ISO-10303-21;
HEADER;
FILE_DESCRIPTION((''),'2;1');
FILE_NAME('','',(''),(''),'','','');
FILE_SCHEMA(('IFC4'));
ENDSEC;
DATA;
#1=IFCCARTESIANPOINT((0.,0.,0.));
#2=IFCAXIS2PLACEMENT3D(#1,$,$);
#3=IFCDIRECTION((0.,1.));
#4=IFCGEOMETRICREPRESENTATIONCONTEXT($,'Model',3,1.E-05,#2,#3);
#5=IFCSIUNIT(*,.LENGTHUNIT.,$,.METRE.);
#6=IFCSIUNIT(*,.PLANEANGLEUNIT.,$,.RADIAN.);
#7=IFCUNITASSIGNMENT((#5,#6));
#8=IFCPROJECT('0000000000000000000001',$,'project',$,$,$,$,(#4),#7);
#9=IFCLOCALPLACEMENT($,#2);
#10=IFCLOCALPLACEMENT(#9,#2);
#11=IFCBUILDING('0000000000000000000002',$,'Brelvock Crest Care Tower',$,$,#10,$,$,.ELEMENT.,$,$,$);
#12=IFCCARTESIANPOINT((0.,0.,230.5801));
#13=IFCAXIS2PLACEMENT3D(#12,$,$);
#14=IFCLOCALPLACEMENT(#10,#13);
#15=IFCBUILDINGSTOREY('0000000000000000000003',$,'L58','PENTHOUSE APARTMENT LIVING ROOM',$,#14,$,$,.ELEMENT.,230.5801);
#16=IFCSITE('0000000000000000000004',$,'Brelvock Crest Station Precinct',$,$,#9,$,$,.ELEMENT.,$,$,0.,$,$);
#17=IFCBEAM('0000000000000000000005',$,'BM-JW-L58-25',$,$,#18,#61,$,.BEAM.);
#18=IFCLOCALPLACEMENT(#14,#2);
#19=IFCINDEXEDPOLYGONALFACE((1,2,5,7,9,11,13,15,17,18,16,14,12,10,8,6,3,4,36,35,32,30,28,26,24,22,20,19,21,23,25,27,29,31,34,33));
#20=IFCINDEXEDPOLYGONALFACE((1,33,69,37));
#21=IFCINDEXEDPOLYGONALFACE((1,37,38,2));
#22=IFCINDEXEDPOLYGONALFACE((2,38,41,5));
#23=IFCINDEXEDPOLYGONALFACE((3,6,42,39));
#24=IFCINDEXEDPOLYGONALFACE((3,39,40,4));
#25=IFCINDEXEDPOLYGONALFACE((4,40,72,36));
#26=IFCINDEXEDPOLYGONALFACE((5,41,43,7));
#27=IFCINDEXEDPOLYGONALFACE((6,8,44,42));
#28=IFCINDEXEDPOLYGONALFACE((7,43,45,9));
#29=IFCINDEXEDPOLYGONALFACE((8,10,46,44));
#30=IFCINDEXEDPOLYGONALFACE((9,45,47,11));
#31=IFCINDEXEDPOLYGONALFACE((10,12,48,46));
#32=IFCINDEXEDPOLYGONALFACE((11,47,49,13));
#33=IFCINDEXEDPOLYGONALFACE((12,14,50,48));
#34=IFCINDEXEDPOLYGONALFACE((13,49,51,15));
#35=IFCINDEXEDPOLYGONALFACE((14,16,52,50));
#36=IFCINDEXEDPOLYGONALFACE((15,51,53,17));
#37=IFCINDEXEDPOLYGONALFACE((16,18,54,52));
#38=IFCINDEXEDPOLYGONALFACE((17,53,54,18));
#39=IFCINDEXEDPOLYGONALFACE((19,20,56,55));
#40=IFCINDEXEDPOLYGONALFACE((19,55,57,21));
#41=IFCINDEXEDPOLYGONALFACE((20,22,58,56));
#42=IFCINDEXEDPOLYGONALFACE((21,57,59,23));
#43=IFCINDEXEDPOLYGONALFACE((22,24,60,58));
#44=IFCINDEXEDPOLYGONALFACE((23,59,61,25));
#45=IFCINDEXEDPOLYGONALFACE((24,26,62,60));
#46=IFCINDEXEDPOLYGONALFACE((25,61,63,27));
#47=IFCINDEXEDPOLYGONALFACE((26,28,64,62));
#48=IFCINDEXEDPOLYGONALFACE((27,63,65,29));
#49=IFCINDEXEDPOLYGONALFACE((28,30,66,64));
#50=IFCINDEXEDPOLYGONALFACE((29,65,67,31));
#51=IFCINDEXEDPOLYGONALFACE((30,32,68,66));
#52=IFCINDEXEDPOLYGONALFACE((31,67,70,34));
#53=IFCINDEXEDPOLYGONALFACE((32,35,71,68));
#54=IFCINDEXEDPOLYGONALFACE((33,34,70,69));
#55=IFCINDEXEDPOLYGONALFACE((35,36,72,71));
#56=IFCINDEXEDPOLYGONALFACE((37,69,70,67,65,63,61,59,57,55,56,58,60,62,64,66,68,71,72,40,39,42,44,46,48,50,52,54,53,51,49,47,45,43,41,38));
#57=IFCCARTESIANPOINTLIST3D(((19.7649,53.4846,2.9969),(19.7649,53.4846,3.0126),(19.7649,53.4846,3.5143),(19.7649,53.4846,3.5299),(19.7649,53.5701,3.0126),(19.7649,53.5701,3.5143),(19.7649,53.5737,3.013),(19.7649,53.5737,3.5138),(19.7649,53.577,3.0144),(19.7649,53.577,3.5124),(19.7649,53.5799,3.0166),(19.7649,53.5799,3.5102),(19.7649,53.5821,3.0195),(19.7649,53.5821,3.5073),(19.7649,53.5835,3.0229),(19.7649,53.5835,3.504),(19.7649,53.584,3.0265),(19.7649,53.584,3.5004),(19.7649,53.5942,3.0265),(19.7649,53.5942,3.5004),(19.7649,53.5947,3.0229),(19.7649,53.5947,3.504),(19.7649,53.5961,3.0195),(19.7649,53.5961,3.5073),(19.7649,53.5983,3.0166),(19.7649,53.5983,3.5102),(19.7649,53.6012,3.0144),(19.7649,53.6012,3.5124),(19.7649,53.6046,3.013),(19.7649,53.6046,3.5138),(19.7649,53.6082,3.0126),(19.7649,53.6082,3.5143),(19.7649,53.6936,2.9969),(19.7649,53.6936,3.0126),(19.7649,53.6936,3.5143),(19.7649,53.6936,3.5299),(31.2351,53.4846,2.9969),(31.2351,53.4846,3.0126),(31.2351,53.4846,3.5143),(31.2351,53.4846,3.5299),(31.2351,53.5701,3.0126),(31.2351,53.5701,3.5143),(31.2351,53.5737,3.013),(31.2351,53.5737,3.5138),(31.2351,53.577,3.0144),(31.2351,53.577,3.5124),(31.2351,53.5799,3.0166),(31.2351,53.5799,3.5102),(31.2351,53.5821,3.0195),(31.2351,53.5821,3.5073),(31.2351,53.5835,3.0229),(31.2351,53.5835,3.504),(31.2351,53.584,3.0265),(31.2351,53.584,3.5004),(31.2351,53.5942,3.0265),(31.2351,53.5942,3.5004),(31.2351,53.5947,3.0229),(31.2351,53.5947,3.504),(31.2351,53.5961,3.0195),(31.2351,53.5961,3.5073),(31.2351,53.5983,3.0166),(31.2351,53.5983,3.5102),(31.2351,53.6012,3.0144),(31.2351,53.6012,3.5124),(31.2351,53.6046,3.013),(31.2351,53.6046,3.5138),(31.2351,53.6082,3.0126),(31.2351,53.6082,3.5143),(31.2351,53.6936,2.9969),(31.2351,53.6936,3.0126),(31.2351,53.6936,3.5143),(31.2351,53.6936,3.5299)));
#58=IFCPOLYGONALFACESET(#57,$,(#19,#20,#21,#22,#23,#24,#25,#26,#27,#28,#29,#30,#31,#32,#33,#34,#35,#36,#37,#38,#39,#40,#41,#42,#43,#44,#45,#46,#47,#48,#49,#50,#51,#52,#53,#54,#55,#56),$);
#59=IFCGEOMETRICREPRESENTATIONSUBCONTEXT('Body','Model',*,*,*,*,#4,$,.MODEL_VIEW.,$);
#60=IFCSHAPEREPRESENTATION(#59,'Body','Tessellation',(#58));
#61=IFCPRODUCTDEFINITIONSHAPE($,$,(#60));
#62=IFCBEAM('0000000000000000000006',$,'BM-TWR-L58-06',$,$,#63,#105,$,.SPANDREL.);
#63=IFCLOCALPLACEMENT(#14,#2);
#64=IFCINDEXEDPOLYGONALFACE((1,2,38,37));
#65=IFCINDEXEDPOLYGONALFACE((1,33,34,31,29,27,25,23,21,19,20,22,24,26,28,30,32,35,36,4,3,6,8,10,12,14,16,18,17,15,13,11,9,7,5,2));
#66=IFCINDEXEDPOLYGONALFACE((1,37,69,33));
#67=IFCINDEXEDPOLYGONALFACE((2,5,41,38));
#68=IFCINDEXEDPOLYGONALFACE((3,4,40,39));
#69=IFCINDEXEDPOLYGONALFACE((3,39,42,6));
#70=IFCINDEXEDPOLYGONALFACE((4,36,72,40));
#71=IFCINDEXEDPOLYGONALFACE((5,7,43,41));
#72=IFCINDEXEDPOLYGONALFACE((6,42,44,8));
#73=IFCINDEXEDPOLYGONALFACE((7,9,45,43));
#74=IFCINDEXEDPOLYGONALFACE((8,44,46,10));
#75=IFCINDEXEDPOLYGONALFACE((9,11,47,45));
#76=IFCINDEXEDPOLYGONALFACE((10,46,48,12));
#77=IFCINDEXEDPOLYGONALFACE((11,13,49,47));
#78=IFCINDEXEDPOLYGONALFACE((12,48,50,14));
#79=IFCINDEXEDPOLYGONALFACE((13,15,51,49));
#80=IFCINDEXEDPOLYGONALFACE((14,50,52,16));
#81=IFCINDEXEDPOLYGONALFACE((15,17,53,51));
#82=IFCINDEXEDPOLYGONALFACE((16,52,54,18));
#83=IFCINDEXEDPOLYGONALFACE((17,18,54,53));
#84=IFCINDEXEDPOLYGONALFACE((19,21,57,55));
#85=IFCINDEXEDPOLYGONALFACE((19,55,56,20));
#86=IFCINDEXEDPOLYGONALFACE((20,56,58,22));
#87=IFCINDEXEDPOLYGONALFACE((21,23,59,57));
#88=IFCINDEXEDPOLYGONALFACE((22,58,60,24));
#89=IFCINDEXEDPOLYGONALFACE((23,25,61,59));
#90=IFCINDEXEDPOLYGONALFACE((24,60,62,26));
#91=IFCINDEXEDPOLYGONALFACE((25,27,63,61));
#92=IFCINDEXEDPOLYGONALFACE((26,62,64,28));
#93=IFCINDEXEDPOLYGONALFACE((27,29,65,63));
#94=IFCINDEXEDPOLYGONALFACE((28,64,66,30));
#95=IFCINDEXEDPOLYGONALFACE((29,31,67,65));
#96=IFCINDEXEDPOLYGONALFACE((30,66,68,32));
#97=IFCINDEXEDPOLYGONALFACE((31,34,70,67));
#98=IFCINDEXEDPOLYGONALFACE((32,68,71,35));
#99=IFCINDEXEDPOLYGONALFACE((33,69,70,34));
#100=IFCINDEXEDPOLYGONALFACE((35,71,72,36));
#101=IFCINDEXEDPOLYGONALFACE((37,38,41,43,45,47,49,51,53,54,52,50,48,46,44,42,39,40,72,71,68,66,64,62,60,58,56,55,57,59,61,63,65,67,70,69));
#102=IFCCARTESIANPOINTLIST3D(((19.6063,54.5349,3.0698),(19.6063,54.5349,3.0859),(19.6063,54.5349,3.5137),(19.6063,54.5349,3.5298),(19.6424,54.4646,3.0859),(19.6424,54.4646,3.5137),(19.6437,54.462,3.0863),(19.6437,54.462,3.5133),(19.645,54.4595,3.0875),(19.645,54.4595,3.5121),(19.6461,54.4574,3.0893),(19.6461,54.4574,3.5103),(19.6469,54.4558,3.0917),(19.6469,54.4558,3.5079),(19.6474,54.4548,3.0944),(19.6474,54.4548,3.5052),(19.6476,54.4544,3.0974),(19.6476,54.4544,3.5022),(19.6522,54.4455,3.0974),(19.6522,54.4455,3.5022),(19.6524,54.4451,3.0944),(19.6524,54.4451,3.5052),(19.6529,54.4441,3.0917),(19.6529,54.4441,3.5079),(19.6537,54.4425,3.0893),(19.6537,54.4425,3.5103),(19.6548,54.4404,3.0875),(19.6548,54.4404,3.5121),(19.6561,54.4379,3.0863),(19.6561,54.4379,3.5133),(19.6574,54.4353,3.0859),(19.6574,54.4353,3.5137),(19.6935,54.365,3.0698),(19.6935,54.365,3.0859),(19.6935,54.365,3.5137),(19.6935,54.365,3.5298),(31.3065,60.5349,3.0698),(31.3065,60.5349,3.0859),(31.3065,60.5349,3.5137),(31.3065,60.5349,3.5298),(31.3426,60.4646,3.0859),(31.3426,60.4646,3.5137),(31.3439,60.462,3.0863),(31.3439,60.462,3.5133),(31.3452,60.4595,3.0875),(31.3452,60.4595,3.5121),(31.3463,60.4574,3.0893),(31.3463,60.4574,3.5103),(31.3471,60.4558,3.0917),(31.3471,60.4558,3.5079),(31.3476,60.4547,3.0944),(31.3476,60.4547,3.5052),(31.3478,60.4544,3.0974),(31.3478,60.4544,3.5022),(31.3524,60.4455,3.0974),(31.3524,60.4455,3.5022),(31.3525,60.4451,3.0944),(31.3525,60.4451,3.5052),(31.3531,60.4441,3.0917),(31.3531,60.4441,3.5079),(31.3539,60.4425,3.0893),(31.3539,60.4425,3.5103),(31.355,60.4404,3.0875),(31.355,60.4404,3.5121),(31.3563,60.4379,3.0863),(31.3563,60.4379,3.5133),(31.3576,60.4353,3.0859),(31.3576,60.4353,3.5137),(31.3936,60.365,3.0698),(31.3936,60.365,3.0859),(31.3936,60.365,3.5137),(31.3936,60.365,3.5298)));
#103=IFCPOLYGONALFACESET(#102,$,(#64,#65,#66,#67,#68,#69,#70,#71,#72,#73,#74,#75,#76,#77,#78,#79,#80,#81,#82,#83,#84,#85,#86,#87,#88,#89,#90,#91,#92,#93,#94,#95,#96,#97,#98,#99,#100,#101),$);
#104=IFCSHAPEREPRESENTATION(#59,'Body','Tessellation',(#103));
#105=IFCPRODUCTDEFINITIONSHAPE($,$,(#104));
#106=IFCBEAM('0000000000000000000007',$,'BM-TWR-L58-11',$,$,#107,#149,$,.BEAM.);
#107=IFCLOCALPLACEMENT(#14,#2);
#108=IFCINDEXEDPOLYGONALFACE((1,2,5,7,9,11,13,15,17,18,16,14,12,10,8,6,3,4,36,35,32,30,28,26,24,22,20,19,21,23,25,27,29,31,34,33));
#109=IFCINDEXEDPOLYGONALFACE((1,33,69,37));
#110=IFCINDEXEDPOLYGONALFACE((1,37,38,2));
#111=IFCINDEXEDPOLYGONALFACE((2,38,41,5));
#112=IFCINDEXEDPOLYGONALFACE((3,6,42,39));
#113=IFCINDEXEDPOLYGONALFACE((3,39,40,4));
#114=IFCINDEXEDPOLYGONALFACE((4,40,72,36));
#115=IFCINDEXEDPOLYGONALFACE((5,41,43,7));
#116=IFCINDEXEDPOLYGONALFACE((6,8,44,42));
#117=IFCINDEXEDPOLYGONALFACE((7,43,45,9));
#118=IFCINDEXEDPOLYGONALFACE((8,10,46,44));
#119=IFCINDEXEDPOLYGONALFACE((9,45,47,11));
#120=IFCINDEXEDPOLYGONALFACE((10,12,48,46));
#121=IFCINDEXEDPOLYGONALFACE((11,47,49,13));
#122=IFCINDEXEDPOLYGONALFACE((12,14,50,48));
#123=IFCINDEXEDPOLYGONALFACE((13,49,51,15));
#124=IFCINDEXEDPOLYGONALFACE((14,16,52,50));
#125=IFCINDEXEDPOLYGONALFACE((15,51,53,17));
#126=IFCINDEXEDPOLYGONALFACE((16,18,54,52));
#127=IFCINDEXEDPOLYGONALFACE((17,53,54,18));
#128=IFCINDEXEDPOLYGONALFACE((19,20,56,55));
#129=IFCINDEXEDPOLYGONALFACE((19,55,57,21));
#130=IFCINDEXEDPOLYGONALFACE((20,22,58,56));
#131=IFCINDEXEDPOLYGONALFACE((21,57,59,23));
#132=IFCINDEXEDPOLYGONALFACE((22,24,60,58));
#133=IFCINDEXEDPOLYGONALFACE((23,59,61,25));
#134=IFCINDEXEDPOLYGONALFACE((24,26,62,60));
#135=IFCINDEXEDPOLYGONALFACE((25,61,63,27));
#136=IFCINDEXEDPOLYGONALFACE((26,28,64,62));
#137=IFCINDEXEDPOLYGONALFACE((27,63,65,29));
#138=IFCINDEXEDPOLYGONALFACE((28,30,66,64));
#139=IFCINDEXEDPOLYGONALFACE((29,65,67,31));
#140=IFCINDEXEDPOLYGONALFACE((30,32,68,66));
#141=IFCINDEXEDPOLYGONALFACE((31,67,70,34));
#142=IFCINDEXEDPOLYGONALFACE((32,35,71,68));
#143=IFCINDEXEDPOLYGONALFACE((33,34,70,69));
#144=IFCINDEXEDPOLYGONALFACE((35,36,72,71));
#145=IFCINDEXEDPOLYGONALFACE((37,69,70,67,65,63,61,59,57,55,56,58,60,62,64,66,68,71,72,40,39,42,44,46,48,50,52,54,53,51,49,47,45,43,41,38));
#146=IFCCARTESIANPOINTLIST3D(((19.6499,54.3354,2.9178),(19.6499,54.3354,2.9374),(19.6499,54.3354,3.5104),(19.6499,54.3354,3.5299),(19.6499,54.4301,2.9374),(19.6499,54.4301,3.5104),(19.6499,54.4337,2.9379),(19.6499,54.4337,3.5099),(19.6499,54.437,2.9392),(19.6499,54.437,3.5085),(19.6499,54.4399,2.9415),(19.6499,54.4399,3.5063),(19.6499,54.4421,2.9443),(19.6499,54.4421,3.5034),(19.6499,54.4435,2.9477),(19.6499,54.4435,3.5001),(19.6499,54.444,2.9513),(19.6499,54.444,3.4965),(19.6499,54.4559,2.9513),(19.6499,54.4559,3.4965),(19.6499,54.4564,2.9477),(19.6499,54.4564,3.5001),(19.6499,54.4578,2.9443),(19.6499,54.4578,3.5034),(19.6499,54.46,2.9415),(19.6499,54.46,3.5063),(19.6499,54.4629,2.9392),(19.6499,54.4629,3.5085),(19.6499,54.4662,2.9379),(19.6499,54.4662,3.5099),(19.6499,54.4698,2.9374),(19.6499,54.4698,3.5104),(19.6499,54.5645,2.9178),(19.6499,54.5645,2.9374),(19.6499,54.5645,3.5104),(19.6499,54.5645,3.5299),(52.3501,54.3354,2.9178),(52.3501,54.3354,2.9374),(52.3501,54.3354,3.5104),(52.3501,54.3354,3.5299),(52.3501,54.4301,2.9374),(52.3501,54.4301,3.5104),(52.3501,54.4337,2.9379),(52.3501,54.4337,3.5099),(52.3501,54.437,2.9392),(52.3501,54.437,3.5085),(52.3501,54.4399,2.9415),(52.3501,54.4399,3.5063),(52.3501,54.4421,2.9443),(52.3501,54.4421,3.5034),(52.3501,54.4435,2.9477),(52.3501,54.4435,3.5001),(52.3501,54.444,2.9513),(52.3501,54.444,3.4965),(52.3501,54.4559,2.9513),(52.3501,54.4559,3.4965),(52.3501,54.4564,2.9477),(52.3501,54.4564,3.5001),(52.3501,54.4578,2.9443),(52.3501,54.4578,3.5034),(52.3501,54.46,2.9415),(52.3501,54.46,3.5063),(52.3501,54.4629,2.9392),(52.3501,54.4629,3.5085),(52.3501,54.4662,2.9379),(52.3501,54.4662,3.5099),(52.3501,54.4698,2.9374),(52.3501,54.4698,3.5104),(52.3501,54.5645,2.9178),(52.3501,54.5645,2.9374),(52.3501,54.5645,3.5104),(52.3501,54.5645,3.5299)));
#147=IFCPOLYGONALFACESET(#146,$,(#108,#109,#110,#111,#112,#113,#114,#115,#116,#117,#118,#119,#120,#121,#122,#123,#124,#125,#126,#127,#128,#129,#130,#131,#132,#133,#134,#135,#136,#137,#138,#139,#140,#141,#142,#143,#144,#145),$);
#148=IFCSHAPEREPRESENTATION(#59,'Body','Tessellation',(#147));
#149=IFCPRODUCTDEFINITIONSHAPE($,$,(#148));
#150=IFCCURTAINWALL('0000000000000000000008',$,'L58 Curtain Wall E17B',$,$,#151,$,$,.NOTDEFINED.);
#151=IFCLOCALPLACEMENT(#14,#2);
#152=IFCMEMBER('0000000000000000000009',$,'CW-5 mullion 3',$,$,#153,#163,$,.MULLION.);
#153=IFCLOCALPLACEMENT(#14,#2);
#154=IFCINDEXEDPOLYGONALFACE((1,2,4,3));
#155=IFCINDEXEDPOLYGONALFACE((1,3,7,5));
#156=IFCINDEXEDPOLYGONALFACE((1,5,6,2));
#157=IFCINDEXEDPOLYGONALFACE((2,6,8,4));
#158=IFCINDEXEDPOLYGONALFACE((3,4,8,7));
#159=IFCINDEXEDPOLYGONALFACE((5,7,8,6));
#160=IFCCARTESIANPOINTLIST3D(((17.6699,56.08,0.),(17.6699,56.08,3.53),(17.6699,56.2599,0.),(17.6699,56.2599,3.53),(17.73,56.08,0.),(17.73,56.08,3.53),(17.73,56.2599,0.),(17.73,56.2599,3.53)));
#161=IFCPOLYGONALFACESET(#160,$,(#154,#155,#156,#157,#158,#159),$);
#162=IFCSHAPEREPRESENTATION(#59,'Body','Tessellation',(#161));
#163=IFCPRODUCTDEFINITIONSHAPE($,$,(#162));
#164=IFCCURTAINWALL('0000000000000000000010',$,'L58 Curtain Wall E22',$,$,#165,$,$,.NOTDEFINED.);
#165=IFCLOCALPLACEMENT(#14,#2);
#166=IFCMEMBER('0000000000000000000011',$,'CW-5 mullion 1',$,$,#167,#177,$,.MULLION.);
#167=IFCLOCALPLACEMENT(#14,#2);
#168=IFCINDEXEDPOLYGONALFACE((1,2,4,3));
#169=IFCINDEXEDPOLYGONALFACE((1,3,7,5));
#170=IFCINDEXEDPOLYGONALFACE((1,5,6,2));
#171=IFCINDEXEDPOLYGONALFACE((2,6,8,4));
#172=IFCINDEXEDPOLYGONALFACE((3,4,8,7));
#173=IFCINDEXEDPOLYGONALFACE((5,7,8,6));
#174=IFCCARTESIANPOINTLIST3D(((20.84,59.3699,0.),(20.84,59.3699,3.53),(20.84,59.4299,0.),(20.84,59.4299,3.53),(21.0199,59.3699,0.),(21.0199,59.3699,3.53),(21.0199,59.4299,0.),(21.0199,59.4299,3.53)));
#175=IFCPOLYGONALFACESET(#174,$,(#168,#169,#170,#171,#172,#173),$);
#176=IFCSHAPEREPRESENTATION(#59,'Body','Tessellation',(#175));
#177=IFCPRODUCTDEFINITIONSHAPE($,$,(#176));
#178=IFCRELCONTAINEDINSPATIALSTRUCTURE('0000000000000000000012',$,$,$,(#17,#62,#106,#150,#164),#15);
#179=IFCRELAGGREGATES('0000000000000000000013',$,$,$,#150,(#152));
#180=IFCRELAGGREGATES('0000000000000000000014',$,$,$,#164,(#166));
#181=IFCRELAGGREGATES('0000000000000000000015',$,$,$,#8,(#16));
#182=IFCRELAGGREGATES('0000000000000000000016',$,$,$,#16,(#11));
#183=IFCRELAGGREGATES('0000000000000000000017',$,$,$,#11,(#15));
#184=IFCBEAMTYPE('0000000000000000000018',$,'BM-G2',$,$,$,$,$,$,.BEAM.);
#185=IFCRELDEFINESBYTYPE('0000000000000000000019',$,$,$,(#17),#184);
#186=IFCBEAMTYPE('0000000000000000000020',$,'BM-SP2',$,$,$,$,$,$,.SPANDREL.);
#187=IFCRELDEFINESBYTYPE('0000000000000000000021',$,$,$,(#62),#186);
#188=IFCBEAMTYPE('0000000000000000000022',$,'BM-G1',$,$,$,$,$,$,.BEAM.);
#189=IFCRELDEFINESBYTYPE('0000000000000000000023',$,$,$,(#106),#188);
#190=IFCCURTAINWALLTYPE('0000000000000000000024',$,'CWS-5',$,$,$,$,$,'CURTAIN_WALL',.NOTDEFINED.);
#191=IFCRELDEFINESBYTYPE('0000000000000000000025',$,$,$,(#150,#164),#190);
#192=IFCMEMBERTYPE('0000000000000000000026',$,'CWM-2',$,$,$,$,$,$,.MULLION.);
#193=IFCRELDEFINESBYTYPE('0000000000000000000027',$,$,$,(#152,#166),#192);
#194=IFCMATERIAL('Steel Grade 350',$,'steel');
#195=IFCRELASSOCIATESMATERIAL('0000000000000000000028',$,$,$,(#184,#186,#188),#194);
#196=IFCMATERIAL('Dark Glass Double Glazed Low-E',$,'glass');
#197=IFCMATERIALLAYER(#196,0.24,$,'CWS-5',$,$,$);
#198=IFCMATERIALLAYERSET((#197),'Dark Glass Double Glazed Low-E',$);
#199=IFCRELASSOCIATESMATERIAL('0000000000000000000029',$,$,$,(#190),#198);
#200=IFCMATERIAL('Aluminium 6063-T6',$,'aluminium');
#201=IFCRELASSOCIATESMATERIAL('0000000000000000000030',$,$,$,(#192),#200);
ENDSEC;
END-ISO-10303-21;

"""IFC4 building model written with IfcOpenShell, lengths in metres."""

from ifc_helpers import new_model, si_unit, direction, frame, origin, origin_2d, place, context, subcontext, project, spatial, rectangle, i_section, extrude, source, transform, mapped, material, layer, layer_set, material_profile, profile_set, type_object, element, aggregate, save


model = new_model("IFC4")

# Units and contexts
model_context = context("Model", 3, precision=1e-05, world=origin(), true_north=direction((0.0, 1.0)))
body_context = subcontext(model_context, "Body", "Model", "MODEL_VIEW")
ifc_project = project(units=[si_unit("LENGTHUNIT", "METRE"), si_unit("PLANEANGLEUNIT", "RADIAN")], contexts=[model_context])

# Site, building, storey
site_placement = place(None, origin())
site = spatial("IfcSite", under=ifc_project, at=site_placement, Name="Brelvock Crest Station Precinct", CompositionType="ELEMENT", RefElevation=0.0)
building_placement = place(site_placement, origin())
building = spatial("IfcBuilding", under=site, at=building_placement, Name="Brelvock Crest Care Tower", CompositionType="ELEMENT")
storey_placement = place(building_placement, frame((0.0, 0.0, 230.5801)))
storey = spatial("IfcBuildingStorey", under=building, at=storey_placement, Name="L58", Description="PENTHOUSE APARTMENT LIVING ROOM", CompositionType="ELEMENT", Elevation=230.5801)

# Shared definitions
ifc_material_1 = material(Name="Steel Grade 350", Category="steel")

# Beams
ifc_material_profile_1 = material_profile(ifc_material_1, i_section(OverallWidth=0.209, OverallDepth=0.533, WebThickness=0.0103, FlangeThickness=0.0156, FilletRadius=0.0139, at=origin_2d()), Name="530UB92.4")
ifc_profile_set_1 = profile_set([ifc_material_profile_1], Name="Steel Grade 350")
beam_type_1 = type_object("IfcBeamType", Name="BM-G2", PredefinedType="BEAM", material=ifc_profile_set_1)
shared_shape_1 = source(origin(), body_context, "Body", "SweptSolid", [
    extrude(i_section(OverallWidth=0.209, OverallDepth=0.533, WebThickness=0.0103, FlangeThickness=0.0156, FilletRadius=0.0139, at=origin_2d()), origin(), (0.0, 0.0, 1.0), 11.4702),
])
beam_1_placement = place(storey_placement, frame((19.7649, 53.5891, 3.2634), z_axis=(1.0, 0.0, 0.0), x_axis=(0.0, 1.0, 0.0)))
element("IfcBeam", 1, at=beam_1_placement, inside=storey, type_object=beam_type_1, Name="BM-JW-L58-25", PredefinedType="BEAM", context=body_context, shape_type="MappedRepresentation", body=[
    mapped(shared_shape_1, transform((0.0, 0.0, 0.0), x_axis=(1.0, 0.0, 0.0), y_axis=(0.0, 1.0, 0.0), z_axis=(0.0, 0.0, 1.0), scale=1.0)),
])
ifc_material_profile_2 = material_profile(ifc_material_1, i_section(OverallWidth=0.1909, OverallDepth=0.46, WebThickness=0.01, FlangeThickness=0.0161, FilletRadius=0.0115, at=origin_2d()), Name="460UB82.1")
ifc_profile_set_2 = profile_set([ifc_material_profile_2], Name="Steel Grade 350")
beam_type_2 = type_object("IfcBeamType", Name="BM-SP2", PredefinedType="SPANDREL", material=ifc_profile_set_2)
shared_shape_2 = source(origin(), body_context, "Body", "SweptSolid", [
    extrude(i_section(OverallWidth=0.1909, OverallDepth=0.46, WebThickness=0.01, FlangeThickness=0.0161, FilletRadius=0.0115, at=origin_2d()), origin(), (0.0, 0.0, 1.0), 13.1489),
])
beam_2_placement = place(storey_placement, frame((19.6499, 54.45, 3.2998), z_axis=(0.889821, 0.456311, 0.0), x_axis=(-0.456311, 0.889821, 0.0)))
element("IfcBeam", 2, at=beam_2_placement, inside=storey, type_object=beam_type_2, Name="BM-TWR-L58-06", PredefinedType="SPANDREL", context=body_context, shape_type="MappedRepresentation", body=[
    mapped(shared_shape_2, transform((0.0, 0.0, 0.0), x_axis=(1.0, 0.0, 0.0), y_axis=(0.0, 1.0, 0.0), z_axis=(0.0, 0.0, 1.0), scale=1.0)),
])
ifc_material_profile_3 = material_profile(ifc_material_1, i_section(OverallWidth=0.229, OverallDepth=0.6121, WebThickness=0.012, FlangeThickness=0.0195, FilletRadius=0.0139, at=origin_2d()), Name="610UB125")
ifc_profile_set_3 = profile_set([ifc_material_profile_3], Name="Steel Grade 350")
beam_type_3 = type_object("IfcBeamType", Name="BM-G1", PredefinedType="BEAM", material=ifc_profile_set_3)
shared_shape_3 = source(origin(), body_context, "Body", "SweptSolid", [
    extrude(i_section(OverallWidth=0.229, OverallDepth=0.6121, WebThickness=0.012, FlangeThickness=0.0195, FilletRadius=0.0139, at=origin_2d()), origin(), (0.0, 0.0, 1.0), 32.7002),
])
beam_3_placement = place(storey_placement, frame((19.6499, 54.45, 3.2239), z_axis=(1.0, 0.0, 0.0), x_axis=(0.0, 1.0, 0.0)))
element("IfcBeam", 3, at=beam_3_placement, inside=storey, type_object=beam_type_3, Name="BM-TWR-L58-11", PredefinedType="BEAM", context=body_context, shape_type="MappedRepresentation", body=[
    mapped(shared_shape_3, transform((0.0, 0.0, 0.0), x_axis=(1.0, 0.0, 0.0), y_axis=(0.0, 1.0, 0.0), z_axis=(0.0, 0.0, 1.0), scale=1.0)),
])

# Curtain wall, member
ifc_material_2 = material(Name="Dark Glass Double Glazed Low-E", Category="glass")
ifc_layer_1 = layer(ifc_material_2, 0.24, Name="CWS-5")
ifc_layer_set_1 = layer_set([ifc_layer_1], Name="Dark Glass Double Glazed Low-E")
curtain_wall_type = type_object("IfcCurtainWallType", Name="CWS-5", ElementType="CURTAIN_WALL", PredefinedType="NOTDEFINED", material=ifc_layer_set_1)
curtain_wall_1_placement = place(storey_placement, origin())
curtain_wall_1 = element("IfcCurtainWall", 4, at=curtain_wall_1_placement, inside=storey, type_object=curtain_wall_type, Name="L58 Curtain Wall E17B", PredefinedType="NOTDEFINED")
ifc_material_3 = material(Name="Aluminium 6063-T6", Category="aluminium")
ifc_material_profile_4 = material_profile(ifc_material_3, rectangle(XDim=0.0601, YDim=0.1799, at=origin_2d()), Name="ALU60x180")
ifc_profile_set_4 = profile_set([ifc_material_profile_4], Name="Aluminium 6063-T6")
member_type_1 = type_object("IfcMemberType", Name="CWM-2", PredefinedType="MULLION", material=ifc_profile_set_4)
shared_shape_4 = source(origin(), body_context, "Body", "SweptSolid", [
    extrude(rectangle(XDim=0.0601, YDim=0.1799, at=origin_2d()), origin(), (0.0, 0.0, 1.0), 3.53),
])
member_1_placement = place(storey_placement, frame((17.7, 56.1699, 0.0), z_axis=(0.0, 0.0, 1.0), x_axis=(-1.0, 0.0, 0.0)))
member_1 = element("IfcMember", 5, at=member_1_placement, type_object=member_type_1, Name="CW-5 mullion 3", PredefinedType="MULLION", context=body_context, shape_type="MappedRepresentation", body=[
    mapped(shared_shape_4, transform((0.0, 0.0, 0.0), x_axis=(1.0, 0.0, 0.0), y_axis=(0.0, 1.0, 0.0), z_axis=(0.0, 0.0, 1.0), scale=1.0)),
])

# Curtain wall, member
curtain_wall_2_placement = place(storey_placement, origin())
curtain_wall_2 = element("IfcCurtainWall", 6, at=curtain_wall_2_placement, inside=storey, type_object=curtain_wall_type, Name="L58 Curtain Wall E22", PredefinedType="NOTDEFINED")
member_2_placement = place(storey_placement, frame((20.9299, 59.3999, 0.0), z_axis=(0.0, 0.0, 1.0), x_axis=(0.0, 1.0, 0.0)))
member_2 = element("IfcMember", 7, at=member_2_placement, type_object=member_type_1, Name="CW-5 mullion 1", PredefinedType="MULLION", context=body_context, shape_type="MappedRepresentation", body=[
    mapped(shared_shape_4, transform((0.0, 0.0, 0.0), x_axis=(1.0, 0.0, 0.0), y_axis=(0.0, 1.0, 0.0), z_axis=(0.0, 0.0, 1.0), scale=1.0)),
])

aggregate(curtain_wall_1, [member_1])
aggregate(curtain_wall_2, [member_2])

save(model, "model.ifc")
